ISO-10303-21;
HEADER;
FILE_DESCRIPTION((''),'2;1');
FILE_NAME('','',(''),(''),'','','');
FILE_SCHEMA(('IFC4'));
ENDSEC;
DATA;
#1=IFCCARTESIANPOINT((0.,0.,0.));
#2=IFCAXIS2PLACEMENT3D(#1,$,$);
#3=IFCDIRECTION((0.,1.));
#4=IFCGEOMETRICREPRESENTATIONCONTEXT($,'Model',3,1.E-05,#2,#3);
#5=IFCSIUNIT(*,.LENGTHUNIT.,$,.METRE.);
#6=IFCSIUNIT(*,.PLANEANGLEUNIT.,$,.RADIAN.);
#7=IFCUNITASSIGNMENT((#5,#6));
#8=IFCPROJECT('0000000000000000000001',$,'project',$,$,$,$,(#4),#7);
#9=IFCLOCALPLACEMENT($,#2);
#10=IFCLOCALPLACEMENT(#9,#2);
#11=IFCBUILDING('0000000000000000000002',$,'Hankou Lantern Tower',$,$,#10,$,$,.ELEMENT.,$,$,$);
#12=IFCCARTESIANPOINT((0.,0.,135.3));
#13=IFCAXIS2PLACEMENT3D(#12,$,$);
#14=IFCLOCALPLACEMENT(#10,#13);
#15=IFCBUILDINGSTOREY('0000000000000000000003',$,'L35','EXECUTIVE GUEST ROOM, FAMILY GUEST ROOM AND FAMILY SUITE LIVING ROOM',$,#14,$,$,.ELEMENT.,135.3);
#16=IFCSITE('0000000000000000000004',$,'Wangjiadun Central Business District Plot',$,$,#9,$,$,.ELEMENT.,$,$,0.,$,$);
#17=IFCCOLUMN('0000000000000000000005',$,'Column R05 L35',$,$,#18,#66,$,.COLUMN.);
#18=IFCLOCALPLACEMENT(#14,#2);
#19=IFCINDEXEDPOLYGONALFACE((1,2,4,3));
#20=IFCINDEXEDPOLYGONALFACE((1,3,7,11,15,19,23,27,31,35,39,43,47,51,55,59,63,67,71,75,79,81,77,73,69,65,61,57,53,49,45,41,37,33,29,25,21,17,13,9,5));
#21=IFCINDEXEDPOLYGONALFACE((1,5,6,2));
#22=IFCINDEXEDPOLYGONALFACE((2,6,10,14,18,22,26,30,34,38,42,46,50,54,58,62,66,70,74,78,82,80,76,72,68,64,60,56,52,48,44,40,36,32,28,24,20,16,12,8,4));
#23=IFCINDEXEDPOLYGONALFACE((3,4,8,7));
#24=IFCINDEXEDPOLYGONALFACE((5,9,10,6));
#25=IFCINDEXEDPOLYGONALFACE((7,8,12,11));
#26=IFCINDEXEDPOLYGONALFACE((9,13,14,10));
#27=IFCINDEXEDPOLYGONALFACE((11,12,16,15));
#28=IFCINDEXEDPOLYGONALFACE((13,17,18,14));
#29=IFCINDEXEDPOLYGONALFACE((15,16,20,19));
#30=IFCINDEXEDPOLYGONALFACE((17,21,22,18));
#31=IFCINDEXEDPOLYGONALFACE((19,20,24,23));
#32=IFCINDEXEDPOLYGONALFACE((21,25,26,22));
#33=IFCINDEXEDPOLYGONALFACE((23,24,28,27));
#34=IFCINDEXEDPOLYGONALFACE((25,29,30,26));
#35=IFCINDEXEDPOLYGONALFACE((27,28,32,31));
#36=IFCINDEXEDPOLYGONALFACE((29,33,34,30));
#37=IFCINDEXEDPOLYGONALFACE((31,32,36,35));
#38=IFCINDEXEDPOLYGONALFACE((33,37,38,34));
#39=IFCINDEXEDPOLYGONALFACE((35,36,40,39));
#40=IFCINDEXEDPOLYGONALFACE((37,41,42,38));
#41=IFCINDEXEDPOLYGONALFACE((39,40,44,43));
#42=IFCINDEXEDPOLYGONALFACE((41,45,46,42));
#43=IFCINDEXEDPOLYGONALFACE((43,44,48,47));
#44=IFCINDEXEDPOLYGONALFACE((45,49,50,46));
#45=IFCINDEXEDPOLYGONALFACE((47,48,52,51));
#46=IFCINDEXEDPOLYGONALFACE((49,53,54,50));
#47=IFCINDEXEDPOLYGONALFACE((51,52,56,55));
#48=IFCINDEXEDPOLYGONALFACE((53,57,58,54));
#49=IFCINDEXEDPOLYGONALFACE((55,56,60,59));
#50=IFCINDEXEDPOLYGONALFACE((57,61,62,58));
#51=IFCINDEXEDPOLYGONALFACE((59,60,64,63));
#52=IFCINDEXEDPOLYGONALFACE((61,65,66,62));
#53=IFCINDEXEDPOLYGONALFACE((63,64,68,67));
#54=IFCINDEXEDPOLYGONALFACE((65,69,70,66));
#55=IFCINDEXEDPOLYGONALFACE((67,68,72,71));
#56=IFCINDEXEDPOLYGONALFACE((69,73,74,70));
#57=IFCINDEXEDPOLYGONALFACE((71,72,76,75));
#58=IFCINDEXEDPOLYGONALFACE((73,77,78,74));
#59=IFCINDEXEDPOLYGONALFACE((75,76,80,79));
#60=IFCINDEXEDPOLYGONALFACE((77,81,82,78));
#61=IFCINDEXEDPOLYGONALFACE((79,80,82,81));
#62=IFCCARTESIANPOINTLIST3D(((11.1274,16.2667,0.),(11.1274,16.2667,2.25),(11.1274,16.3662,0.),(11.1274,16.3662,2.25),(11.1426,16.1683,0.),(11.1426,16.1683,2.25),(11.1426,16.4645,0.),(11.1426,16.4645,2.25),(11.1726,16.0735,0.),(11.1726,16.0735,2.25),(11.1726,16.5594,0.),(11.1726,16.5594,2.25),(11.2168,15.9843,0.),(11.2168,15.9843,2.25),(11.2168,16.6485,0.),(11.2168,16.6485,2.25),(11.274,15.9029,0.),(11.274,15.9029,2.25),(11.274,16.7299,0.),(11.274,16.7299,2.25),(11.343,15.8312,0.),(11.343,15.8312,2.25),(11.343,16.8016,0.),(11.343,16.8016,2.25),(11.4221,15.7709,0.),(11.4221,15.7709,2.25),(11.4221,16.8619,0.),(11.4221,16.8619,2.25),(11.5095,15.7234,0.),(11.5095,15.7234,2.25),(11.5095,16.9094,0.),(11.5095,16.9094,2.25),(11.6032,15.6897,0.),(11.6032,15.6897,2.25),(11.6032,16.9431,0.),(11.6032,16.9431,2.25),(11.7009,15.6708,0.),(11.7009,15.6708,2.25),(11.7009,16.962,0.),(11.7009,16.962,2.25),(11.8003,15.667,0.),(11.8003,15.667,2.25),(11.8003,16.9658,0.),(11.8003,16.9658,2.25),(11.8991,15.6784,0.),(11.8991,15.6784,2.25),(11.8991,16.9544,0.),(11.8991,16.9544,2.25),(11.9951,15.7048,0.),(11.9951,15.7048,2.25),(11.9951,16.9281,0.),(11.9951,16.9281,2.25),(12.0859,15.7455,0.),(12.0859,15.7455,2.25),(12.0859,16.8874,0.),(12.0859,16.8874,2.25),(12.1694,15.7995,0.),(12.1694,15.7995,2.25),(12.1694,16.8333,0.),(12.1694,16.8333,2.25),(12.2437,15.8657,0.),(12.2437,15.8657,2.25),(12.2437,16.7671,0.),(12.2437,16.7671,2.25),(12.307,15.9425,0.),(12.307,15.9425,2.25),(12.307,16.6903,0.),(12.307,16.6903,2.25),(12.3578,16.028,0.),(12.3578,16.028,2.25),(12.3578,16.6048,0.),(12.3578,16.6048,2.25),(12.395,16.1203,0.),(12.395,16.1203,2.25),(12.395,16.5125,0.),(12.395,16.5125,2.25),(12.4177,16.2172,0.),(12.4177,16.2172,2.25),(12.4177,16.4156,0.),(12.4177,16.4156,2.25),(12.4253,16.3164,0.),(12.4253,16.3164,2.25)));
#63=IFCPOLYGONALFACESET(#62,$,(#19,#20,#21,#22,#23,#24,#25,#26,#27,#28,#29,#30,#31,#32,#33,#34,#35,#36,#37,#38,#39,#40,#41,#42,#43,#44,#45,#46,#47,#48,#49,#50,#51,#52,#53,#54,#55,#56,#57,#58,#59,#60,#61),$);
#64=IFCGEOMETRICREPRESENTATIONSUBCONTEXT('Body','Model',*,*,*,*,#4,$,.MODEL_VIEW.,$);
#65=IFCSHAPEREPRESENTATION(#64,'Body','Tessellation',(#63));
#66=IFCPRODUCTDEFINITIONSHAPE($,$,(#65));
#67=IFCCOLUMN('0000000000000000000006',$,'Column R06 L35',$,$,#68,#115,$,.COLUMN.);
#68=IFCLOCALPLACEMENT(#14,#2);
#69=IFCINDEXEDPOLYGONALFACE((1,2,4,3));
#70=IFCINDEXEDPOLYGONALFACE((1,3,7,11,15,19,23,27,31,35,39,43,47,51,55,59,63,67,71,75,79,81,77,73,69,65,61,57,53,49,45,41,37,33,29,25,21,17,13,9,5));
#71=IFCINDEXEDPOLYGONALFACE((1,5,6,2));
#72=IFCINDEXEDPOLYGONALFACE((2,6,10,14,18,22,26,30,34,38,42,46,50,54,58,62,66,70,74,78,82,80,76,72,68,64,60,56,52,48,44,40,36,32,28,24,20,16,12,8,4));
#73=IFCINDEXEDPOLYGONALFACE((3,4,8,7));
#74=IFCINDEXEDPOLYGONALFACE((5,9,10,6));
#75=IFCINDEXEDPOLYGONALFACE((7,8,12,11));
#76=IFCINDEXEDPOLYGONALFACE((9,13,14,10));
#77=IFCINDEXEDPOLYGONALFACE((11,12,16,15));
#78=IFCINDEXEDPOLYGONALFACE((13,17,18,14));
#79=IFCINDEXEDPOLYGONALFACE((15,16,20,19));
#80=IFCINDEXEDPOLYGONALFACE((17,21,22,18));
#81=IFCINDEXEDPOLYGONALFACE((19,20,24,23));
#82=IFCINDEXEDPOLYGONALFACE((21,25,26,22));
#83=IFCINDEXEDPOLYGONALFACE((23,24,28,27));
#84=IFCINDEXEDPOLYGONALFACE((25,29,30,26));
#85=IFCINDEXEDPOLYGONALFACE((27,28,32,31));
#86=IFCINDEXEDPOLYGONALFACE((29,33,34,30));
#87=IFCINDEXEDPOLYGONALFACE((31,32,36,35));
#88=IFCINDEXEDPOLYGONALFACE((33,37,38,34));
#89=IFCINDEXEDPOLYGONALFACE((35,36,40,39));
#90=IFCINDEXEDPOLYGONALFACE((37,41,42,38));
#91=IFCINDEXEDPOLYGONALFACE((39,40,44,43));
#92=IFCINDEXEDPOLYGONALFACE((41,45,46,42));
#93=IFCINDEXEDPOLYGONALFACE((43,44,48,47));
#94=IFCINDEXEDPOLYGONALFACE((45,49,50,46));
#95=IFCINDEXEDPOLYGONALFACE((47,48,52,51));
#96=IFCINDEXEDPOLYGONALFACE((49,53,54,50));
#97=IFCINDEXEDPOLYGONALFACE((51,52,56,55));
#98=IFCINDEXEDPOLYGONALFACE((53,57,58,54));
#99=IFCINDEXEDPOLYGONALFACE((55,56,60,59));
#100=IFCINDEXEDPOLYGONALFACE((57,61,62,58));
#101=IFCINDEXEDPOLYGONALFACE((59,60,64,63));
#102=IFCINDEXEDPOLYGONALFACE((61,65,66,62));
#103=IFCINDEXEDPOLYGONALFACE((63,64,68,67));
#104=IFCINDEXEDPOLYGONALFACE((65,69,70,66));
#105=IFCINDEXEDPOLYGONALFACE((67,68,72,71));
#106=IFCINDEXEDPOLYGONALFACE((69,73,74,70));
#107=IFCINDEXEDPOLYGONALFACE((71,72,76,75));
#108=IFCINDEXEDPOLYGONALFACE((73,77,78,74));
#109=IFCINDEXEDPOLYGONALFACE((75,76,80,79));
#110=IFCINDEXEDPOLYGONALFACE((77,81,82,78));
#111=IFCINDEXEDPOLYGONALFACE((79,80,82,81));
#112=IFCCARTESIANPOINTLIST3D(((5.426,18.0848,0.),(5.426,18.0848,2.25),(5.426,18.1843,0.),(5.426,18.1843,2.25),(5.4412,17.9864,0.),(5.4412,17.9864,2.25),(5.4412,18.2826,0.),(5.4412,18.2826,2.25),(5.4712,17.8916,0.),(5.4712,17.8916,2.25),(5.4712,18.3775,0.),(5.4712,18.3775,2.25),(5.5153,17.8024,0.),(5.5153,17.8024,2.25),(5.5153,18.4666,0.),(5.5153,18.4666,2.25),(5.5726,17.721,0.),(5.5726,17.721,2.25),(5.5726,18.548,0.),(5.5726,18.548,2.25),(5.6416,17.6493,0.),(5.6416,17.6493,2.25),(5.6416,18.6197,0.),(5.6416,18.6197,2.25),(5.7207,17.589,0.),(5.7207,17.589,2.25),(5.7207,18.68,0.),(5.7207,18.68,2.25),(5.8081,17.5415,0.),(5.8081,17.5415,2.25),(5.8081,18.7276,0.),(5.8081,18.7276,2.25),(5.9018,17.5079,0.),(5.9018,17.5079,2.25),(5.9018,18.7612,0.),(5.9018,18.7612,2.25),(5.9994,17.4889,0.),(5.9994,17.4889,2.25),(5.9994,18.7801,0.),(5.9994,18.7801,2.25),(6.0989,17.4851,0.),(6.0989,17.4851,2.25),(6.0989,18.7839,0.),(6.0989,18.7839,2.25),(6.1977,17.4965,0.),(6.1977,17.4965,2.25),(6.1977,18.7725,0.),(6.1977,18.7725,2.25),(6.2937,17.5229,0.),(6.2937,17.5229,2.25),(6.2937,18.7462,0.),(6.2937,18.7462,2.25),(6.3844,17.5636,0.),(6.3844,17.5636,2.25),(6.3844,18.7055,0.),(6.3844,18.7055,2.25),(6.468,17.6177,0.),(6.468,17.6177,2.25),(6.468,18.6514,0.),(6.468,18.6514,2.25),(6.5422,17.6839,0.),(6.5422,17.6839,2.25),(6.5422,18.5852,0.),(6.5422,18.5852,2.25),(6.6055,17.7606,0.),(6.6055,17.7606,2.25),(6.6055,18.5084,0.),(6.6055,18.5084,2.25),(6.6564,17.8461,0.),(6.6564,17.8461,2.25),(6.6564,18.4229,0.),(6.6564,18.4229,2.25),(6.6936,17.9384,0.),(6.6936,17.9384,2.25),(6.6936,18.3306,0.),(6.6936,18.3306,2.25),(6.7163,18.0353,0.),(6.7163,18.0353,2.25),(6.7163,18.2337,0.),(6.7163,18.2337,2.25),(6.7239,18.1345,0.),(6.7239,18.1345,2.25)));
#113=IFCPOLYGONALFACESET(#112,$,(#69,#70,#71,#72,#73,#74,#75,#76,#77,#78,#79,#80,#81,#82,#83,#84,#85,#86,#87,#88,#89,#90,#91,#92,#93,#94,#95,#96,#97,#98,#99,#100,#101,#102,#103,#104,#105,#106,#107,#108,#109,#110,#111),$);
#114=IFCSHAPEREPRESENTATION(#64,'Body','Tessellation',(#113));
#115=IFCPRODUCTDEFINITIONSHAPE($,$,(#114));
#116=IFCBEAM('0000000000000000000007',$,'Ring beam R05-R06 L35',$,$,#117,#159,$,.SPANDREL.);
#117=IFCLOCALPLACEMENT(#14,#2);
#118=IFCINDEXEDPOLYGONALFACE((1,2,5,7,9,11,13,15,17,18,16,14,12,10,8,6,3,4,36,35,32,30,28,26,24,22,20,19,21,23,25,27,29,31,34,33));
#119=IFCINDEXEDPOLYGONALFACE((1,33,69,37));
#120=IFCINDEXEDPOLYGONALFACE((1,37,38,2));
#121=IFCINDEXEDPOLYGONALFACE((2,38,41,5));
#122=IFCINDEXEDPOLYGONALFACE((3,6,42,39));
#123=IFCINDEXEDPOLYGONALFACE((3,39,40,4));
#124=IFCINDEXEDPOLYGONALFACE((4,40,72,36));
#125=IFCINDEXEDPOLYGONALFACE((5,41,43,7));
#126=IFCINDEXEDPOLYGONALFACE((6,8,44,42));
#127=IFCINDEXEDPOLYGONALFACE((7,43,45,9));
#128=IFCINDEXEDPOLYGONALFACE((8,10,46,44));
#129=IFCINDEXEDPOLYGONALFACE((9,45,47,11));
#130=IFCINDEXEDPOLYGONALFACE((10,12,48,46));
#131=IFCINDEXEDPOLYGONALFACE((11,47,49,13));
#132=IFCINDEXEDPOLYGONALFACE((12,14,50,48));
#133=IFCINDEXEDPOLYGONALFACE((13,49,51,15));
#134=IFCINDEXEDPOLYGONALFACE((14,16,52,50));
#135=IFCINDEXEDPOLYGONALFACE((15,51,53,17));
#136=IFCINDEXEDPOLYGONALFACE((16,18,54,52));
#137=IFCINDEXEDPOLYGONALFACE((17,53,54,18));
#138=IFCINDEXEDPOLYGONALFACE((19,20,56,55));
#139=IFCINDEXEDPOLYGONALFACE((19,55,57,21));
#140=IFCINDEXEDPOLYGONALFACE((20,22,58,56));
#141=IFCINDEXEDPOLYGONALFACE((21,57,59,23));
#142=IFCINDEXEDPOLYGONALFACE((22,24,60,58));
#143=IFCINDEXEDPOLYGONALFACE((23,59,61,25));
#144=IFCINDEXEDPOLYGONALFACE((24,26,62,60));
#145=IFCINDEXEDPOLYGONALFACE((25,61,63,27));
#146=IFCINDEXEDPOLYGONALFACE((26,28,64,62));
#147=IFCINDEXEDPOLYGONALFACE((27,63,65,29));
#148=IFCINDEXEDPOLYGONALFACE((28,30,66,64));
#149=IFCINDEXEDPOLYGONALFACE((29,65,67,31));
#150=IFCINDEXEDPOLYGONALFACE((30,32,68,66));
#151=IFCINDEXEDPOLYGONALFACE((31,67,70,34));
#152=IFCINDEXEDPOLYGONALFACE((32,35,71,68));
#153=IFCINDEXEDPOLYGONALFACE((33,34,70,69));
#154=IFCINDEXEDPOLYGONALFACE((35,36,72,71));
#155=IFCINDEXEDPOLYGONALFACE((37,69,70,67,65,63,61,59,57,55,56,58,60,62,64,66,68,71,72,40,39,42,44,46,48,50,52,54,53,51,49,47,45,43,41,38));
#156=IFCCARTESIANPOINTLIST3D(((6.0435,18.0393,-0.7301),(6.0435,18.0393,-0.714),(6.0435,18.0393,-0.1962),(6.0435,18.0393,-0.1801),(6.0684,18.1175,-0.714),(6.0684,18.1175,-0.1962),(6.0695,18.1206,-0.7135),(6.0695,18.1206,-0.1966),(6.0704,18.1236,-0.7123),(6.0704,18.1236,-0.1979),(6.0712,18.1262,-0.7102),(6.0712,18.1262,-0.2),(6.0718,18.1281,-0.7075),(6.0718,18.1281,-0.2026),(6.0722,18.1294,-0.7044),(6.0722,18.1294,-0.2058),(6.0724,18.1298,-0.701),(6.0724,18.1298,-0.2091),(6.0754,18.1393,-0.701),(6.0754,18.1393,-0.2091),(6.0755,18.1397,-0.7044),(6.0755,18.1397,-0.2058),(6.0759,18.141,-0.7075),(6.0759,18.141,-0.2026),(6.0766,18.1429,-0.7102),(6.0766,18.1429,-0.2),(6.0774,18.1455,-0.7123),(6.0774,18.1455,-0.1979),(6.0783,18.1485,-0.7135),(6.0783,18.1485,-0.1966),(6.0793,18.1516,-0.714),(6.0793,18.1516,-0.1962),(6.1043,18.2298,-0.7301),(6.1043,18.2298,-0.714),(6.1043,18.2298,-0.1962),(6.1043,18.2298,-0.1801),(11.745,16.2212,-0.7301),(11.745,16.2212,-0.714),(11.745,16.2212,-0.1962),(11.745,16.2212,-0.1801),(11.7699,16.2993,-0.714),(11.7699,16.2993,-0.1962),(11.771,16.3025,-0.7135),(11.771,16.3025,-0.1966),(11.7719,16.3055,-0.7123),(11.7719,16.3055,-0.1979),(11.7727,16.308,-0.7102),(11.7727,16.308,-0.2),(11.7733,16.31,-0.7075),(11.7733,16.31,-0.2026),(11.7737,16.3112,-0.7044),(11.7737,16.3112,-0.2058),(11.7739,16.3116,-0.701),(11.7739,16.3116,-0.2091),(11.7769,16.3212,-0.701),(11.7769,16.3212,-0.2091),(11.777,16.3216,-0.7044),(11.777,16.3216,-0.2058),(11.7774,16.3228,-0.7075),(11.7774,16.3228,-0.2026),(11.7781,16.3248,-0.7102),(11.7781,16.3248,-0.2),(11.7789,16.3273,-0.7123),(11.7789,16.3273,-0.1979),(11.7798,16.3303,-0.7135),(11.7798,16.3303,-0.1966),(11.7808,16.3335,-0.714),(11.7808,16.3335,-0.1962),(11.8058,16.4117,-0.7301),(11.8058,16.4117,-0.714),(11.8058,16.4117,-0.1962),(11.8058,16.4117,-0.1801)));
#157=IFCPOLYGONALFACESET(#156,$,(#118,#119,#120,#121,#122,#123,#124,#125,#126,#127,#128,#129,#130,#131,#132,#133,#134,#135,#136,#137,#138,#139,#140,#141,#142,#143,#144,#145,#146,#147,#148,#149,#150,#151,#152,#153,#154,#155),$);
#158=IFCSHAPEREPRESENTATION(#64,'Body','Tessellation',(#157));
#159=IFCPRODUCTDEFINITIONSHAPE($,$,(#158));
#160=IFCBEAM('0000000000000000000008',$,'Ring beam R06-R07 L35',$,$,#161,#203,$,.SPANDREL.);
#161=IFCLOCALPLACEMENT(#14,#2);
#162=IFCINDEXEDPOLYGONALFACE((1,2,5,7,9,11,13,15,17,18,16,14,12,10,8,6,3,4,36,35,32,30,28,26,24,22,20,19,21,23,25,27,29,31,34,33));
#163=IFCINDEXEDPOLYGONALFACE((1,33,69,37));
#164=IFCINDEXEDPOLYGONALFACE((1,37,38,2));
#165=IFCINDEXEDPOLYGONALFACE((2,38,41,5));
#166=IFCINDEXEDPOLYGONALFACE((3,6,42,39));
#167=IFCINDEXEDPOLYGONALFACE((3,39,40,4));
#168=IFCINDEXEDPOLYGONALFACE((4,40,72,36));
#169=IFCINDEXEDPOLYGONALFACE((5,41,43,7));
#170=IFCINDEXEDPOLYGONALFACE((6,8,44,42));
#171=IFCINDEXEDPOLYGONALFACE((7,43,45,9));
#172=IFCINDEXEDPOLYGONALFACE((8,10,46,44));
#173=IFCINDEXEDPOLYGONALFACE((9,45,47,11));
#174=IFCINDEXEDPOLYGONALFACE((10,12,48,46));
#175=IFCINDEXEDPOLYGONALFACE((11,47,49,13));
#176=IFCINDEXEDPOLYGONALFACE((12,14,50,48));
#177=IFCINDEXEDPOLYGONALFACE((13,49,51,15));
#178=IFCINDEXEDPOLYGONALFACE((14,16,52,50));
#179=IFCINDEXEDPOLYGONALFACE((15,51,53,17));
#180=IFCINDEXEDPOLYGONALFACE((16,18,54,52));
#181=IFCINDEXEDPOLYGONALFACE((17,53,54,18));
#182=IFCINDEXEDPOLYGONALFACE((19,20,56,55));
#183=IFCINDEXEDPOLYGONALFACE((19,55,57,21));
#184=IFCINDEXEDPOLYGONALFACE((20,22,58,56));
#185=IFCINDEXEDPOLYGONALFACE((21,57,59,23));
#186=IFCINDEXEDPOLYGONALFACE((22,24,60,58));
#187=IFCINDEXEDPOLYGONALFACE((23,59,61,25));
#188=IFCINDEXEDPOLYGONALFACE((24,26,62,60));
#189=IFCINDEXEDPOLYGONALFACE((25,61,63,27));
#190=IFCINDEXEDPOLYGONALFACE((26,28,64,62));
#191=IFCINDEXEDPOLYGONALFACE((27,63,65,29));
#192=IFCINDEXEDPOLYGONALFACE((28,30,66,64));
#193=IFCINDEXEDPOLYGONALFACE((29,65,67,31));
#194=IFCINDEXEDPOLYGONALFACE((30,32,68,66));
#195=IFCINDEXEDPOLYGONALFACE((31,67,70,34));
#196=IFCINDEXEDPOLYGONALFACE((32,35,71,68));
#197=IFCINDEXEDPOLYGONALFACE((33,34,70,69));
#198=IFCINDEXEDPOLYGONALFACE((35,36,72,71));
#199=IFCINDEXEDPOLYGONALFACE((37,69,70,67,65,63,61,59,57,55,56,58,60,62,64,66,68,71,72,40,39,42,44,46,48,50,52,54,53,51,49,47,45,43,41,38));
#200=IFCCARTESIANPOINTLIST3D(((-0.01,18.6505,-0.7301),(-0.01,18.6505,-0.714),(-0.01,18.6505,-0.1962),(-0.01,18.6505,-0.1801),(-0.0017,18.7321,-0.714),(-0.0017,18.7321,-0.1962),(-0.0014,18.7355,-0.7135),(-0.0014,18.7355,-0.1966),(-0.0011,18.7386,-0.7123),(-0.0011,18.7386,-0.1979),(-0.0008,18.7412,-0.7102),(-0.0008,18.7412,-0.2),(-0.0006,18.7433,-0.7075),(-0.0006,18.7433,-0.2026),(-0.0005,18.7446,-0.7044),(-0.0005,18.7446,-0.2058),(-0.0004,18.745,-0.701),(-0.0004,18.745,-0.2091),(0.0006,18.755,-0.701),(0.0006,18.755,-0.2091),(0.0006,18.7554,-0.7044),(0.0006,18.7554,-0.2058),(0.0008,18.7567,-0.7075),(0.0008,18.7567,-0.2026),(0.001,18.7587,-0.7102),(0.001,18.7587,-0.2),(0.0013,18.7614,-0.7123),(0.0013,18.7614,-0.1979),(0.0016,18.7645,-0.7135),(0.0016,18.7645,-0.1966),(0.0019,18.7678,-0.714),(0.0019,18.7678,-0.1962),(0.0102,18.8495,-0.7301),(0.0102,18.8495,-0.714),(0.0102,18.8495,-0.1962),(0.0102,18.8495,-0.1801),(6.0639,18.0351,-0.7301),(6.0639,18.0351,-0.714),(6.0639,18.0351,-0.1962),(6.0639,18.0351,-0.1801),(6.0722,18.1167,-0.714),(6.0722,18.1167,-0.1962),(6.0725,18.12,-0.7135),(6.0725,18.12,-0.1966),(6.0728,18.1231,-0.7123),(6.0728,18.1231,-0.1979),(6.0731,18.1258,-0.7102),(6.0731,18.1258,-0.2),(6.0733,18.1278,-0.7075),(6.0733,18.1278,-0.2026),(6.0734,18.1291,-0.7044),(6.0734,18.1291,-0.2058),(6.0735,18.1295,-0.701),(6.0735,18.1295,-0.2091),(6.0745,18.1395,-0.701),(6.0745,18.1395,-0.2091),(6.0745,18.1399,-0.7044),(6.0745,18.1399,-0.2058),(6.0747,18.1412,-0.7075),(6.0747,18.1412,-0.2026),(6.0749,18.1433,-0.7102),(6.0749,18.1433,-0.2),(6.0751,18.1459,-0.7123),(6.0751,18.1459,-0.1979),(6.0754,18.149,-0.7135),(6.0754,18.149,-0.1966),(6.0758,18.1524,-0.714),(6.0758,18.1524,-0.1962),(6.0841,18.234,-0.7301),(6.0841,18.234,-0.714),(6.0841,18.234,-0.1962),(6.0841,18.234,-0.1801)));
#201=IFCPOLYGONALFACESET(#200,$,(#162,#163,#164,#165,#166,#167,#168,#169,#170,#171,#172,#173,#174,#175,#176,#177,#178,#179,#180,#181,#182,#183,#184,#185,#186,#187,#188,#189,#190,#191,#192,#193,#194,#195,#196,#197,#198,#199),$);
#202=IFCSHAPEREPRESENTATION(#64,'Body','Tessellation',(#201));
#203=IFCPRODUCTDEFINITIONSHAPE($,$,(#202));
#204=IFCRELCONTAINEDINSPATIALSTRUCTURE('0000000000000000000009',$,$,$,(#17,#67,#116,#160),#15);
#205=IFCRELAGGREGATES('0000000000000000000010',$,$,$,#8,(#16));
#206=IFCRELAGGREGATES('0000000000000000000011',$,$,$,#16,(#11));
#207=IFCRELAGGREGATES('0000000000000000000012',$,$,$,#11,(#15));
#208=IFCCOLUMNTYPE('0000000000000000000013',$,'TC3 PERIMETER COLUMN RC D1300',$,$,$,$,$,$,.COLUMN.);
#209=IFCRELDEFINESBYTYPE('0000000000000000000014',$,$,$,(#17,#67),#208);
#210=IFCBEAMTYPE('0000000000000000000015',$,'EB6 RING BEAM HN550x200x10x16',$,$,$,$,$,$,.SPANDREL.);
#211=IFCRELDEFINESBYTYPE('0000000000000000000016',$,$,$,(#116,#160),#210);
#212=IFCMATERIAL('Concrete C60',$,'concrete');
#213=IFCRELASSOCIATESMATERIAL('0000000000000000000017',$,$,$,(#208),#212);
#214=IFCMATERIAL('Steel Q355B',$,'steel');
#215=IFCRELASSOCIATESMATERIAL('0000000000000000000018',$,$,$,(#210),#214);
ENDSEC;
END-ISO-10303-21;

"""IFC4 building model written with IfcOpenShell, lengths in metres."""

from ifc_helpers import new_model, si_unit, direction, frame, origin, origin_2d, place, context, subcontext, project, spatial, circle, i_section, extrude, clip, halfspace, material, material_profile, profile_set, type_object, element, save


model = new_model("IFC4")

# Units and contexts
model_context = context("Model", 3, precision=1e-05, world=origin(), true_north=direction((0.0, 1.0)))
body_context = subcontext(model_context, "Body", "Model", "MODEL_VIEW")
ifc_project = project(units=[si_unit("LENGTHUNIT", "METRE"), si_unit("PLANEANGLEUNIT", "RADIAN")], contexts=[model_context])

# Site, building, storey
site_placement = place(None, origin())
site = spatial("IfcSite", under=ifc_project, at=site_placement, Name="Wangjiadun Central Business District Plot", CompositionType="ELEMENT", RefElevation=0.0)
building_placement = place(site_placement, origin())
building = spatial("IfcBuilding", under=site, at=building_placement, Name="Hankou Lantern Tower", CompositionType="ELEMENT")
storey_placement = place(building_placement, frame((0.0, 0.0, 135.3)))
storey = spatial("IfcBuildingStorey", under=building, at=storey_placement, Name="L35", Description="EXECUTIVE GUEST ROOM, FAMILY GUEST ROOM AND FAMILY SUITE LIVING ROOM", CompositionType="ELEMENT", Elevation=135.3)

# Columns
ifc_material_1 = material(Name="Concrete C60", Category="concrete")
ifc_material_profile_1 = material_profile(ifc_material_1, circle(Radius=0.6499, at=origin_2d()), Name="RC D1300")
ifc_profile_set_1 = profile_set([ifc_material_profile_1], Name="Concrete C60")
column_type = type_object("IfcColumnType", Name="TC3 PERIMETER COLUMN RC D1300", PredefinedType="COLUMN", material=ifc_profile_set_1)
for number, where, z_axis, x_axis, name in (
    (1, (11.7754, 16.3164, 0.0), (0.0, 0.0, 1.0), (1.0, 0.0, 0.0), "Column R05 L35"),
    (2, (6.074, 18.1345, 0.0), (0.0, 0.0, 1.0), (1.0, 0.0, 0.0), "Column R06 L35"),
):
    element("IfcColumn", number, at=place(storey_placement, frame(where, z_axis=z_axis, x_axis=x_axis)), inside=storey, type_object=column_type, Name=name, PredefinedType="COLUMN", context=body_context, shape_type="Clipping", body=[
        clip(extrude(circle(Radius=0.6499, at=origin_2d()), origin(), (0.0, 0.0, 1.0), 3.3), halfspace(frame((0.0, 0.0, 2.25), z_axis=(0.0, 0.0, 1.0), x_axis=(1.0, 0.0, 0.0)), False)),
    ])

# Beams
ifc_material_2 = material(Name="Steel Q355B", Category="steel")
ifc_material_profile_2 = material_profile(ifc_material_2, i_section(OverallWidth=0.2, OverallDepth=0.55, WebThickness=0.01, FlangeThickness=0.0161, FilletRadius=0.0129, at=origin_2d()), Name="HN550x200x10x16")
ifc_profile_set_2 = profile_set([ifc_material_profile_2], Name="Steel Q355B")
beam_type_1 = type_object("IfcBeamType", Name="EB6 RING BEAM HN550x200x10x16", PredefinedType="SPANDREL", material=ifc_profile_set_2)
beam_1_placement = place(storey_placement, frame((11.7754, 16.3164, -0.4551), z_axis=(-0.952731, 0.303815, 0.0), x_axis=(-0.303815, -0.952731, 0.0)))
element("IfcBeam", 3, at=beam_1_placement, inside=storey, type_object=beam_type_1, Name="Ring beam R05-R06 L35", PredefinedType="SPANDREL", context=body_context, shape_type="SweptSolid", body=[
    extrude(i_section(OverallWidth=0.2, OverallDepth=0.55, WebThickness=0.01, FlangeThickness=0.0161, FilletRadius=0.0129, at=origin_2d()), origin(), (0.0, 0.0, 1.0), 5.9844),
])
beam_2_placement = place(storey_placement, frame((6.074, 18.1345, -0.4551), z_axis=(-0.994905, 0.100814, 0.0), x_axis=(-0.100814, -0.994905, 0.0)))
element("IfcBeam", 4, at=beam_2_placement, inside=storey, type_object=beam_type_1, Name="Ring beam R06-R07 L35", PredefinedType="SPANDREL", context=body_context, shape_type="SweptSolid", body=[
    extrude(i_section(OverallWidth=0.2, OverallDepth=0.55, WebThickness=0.01, FlangeThickness=0.0161, FilletRadius=0.0129, at=origin_2d()), origin(), (0.0, 0.0, 1.0), 6.105),
])

save(model, "model.ifc")
